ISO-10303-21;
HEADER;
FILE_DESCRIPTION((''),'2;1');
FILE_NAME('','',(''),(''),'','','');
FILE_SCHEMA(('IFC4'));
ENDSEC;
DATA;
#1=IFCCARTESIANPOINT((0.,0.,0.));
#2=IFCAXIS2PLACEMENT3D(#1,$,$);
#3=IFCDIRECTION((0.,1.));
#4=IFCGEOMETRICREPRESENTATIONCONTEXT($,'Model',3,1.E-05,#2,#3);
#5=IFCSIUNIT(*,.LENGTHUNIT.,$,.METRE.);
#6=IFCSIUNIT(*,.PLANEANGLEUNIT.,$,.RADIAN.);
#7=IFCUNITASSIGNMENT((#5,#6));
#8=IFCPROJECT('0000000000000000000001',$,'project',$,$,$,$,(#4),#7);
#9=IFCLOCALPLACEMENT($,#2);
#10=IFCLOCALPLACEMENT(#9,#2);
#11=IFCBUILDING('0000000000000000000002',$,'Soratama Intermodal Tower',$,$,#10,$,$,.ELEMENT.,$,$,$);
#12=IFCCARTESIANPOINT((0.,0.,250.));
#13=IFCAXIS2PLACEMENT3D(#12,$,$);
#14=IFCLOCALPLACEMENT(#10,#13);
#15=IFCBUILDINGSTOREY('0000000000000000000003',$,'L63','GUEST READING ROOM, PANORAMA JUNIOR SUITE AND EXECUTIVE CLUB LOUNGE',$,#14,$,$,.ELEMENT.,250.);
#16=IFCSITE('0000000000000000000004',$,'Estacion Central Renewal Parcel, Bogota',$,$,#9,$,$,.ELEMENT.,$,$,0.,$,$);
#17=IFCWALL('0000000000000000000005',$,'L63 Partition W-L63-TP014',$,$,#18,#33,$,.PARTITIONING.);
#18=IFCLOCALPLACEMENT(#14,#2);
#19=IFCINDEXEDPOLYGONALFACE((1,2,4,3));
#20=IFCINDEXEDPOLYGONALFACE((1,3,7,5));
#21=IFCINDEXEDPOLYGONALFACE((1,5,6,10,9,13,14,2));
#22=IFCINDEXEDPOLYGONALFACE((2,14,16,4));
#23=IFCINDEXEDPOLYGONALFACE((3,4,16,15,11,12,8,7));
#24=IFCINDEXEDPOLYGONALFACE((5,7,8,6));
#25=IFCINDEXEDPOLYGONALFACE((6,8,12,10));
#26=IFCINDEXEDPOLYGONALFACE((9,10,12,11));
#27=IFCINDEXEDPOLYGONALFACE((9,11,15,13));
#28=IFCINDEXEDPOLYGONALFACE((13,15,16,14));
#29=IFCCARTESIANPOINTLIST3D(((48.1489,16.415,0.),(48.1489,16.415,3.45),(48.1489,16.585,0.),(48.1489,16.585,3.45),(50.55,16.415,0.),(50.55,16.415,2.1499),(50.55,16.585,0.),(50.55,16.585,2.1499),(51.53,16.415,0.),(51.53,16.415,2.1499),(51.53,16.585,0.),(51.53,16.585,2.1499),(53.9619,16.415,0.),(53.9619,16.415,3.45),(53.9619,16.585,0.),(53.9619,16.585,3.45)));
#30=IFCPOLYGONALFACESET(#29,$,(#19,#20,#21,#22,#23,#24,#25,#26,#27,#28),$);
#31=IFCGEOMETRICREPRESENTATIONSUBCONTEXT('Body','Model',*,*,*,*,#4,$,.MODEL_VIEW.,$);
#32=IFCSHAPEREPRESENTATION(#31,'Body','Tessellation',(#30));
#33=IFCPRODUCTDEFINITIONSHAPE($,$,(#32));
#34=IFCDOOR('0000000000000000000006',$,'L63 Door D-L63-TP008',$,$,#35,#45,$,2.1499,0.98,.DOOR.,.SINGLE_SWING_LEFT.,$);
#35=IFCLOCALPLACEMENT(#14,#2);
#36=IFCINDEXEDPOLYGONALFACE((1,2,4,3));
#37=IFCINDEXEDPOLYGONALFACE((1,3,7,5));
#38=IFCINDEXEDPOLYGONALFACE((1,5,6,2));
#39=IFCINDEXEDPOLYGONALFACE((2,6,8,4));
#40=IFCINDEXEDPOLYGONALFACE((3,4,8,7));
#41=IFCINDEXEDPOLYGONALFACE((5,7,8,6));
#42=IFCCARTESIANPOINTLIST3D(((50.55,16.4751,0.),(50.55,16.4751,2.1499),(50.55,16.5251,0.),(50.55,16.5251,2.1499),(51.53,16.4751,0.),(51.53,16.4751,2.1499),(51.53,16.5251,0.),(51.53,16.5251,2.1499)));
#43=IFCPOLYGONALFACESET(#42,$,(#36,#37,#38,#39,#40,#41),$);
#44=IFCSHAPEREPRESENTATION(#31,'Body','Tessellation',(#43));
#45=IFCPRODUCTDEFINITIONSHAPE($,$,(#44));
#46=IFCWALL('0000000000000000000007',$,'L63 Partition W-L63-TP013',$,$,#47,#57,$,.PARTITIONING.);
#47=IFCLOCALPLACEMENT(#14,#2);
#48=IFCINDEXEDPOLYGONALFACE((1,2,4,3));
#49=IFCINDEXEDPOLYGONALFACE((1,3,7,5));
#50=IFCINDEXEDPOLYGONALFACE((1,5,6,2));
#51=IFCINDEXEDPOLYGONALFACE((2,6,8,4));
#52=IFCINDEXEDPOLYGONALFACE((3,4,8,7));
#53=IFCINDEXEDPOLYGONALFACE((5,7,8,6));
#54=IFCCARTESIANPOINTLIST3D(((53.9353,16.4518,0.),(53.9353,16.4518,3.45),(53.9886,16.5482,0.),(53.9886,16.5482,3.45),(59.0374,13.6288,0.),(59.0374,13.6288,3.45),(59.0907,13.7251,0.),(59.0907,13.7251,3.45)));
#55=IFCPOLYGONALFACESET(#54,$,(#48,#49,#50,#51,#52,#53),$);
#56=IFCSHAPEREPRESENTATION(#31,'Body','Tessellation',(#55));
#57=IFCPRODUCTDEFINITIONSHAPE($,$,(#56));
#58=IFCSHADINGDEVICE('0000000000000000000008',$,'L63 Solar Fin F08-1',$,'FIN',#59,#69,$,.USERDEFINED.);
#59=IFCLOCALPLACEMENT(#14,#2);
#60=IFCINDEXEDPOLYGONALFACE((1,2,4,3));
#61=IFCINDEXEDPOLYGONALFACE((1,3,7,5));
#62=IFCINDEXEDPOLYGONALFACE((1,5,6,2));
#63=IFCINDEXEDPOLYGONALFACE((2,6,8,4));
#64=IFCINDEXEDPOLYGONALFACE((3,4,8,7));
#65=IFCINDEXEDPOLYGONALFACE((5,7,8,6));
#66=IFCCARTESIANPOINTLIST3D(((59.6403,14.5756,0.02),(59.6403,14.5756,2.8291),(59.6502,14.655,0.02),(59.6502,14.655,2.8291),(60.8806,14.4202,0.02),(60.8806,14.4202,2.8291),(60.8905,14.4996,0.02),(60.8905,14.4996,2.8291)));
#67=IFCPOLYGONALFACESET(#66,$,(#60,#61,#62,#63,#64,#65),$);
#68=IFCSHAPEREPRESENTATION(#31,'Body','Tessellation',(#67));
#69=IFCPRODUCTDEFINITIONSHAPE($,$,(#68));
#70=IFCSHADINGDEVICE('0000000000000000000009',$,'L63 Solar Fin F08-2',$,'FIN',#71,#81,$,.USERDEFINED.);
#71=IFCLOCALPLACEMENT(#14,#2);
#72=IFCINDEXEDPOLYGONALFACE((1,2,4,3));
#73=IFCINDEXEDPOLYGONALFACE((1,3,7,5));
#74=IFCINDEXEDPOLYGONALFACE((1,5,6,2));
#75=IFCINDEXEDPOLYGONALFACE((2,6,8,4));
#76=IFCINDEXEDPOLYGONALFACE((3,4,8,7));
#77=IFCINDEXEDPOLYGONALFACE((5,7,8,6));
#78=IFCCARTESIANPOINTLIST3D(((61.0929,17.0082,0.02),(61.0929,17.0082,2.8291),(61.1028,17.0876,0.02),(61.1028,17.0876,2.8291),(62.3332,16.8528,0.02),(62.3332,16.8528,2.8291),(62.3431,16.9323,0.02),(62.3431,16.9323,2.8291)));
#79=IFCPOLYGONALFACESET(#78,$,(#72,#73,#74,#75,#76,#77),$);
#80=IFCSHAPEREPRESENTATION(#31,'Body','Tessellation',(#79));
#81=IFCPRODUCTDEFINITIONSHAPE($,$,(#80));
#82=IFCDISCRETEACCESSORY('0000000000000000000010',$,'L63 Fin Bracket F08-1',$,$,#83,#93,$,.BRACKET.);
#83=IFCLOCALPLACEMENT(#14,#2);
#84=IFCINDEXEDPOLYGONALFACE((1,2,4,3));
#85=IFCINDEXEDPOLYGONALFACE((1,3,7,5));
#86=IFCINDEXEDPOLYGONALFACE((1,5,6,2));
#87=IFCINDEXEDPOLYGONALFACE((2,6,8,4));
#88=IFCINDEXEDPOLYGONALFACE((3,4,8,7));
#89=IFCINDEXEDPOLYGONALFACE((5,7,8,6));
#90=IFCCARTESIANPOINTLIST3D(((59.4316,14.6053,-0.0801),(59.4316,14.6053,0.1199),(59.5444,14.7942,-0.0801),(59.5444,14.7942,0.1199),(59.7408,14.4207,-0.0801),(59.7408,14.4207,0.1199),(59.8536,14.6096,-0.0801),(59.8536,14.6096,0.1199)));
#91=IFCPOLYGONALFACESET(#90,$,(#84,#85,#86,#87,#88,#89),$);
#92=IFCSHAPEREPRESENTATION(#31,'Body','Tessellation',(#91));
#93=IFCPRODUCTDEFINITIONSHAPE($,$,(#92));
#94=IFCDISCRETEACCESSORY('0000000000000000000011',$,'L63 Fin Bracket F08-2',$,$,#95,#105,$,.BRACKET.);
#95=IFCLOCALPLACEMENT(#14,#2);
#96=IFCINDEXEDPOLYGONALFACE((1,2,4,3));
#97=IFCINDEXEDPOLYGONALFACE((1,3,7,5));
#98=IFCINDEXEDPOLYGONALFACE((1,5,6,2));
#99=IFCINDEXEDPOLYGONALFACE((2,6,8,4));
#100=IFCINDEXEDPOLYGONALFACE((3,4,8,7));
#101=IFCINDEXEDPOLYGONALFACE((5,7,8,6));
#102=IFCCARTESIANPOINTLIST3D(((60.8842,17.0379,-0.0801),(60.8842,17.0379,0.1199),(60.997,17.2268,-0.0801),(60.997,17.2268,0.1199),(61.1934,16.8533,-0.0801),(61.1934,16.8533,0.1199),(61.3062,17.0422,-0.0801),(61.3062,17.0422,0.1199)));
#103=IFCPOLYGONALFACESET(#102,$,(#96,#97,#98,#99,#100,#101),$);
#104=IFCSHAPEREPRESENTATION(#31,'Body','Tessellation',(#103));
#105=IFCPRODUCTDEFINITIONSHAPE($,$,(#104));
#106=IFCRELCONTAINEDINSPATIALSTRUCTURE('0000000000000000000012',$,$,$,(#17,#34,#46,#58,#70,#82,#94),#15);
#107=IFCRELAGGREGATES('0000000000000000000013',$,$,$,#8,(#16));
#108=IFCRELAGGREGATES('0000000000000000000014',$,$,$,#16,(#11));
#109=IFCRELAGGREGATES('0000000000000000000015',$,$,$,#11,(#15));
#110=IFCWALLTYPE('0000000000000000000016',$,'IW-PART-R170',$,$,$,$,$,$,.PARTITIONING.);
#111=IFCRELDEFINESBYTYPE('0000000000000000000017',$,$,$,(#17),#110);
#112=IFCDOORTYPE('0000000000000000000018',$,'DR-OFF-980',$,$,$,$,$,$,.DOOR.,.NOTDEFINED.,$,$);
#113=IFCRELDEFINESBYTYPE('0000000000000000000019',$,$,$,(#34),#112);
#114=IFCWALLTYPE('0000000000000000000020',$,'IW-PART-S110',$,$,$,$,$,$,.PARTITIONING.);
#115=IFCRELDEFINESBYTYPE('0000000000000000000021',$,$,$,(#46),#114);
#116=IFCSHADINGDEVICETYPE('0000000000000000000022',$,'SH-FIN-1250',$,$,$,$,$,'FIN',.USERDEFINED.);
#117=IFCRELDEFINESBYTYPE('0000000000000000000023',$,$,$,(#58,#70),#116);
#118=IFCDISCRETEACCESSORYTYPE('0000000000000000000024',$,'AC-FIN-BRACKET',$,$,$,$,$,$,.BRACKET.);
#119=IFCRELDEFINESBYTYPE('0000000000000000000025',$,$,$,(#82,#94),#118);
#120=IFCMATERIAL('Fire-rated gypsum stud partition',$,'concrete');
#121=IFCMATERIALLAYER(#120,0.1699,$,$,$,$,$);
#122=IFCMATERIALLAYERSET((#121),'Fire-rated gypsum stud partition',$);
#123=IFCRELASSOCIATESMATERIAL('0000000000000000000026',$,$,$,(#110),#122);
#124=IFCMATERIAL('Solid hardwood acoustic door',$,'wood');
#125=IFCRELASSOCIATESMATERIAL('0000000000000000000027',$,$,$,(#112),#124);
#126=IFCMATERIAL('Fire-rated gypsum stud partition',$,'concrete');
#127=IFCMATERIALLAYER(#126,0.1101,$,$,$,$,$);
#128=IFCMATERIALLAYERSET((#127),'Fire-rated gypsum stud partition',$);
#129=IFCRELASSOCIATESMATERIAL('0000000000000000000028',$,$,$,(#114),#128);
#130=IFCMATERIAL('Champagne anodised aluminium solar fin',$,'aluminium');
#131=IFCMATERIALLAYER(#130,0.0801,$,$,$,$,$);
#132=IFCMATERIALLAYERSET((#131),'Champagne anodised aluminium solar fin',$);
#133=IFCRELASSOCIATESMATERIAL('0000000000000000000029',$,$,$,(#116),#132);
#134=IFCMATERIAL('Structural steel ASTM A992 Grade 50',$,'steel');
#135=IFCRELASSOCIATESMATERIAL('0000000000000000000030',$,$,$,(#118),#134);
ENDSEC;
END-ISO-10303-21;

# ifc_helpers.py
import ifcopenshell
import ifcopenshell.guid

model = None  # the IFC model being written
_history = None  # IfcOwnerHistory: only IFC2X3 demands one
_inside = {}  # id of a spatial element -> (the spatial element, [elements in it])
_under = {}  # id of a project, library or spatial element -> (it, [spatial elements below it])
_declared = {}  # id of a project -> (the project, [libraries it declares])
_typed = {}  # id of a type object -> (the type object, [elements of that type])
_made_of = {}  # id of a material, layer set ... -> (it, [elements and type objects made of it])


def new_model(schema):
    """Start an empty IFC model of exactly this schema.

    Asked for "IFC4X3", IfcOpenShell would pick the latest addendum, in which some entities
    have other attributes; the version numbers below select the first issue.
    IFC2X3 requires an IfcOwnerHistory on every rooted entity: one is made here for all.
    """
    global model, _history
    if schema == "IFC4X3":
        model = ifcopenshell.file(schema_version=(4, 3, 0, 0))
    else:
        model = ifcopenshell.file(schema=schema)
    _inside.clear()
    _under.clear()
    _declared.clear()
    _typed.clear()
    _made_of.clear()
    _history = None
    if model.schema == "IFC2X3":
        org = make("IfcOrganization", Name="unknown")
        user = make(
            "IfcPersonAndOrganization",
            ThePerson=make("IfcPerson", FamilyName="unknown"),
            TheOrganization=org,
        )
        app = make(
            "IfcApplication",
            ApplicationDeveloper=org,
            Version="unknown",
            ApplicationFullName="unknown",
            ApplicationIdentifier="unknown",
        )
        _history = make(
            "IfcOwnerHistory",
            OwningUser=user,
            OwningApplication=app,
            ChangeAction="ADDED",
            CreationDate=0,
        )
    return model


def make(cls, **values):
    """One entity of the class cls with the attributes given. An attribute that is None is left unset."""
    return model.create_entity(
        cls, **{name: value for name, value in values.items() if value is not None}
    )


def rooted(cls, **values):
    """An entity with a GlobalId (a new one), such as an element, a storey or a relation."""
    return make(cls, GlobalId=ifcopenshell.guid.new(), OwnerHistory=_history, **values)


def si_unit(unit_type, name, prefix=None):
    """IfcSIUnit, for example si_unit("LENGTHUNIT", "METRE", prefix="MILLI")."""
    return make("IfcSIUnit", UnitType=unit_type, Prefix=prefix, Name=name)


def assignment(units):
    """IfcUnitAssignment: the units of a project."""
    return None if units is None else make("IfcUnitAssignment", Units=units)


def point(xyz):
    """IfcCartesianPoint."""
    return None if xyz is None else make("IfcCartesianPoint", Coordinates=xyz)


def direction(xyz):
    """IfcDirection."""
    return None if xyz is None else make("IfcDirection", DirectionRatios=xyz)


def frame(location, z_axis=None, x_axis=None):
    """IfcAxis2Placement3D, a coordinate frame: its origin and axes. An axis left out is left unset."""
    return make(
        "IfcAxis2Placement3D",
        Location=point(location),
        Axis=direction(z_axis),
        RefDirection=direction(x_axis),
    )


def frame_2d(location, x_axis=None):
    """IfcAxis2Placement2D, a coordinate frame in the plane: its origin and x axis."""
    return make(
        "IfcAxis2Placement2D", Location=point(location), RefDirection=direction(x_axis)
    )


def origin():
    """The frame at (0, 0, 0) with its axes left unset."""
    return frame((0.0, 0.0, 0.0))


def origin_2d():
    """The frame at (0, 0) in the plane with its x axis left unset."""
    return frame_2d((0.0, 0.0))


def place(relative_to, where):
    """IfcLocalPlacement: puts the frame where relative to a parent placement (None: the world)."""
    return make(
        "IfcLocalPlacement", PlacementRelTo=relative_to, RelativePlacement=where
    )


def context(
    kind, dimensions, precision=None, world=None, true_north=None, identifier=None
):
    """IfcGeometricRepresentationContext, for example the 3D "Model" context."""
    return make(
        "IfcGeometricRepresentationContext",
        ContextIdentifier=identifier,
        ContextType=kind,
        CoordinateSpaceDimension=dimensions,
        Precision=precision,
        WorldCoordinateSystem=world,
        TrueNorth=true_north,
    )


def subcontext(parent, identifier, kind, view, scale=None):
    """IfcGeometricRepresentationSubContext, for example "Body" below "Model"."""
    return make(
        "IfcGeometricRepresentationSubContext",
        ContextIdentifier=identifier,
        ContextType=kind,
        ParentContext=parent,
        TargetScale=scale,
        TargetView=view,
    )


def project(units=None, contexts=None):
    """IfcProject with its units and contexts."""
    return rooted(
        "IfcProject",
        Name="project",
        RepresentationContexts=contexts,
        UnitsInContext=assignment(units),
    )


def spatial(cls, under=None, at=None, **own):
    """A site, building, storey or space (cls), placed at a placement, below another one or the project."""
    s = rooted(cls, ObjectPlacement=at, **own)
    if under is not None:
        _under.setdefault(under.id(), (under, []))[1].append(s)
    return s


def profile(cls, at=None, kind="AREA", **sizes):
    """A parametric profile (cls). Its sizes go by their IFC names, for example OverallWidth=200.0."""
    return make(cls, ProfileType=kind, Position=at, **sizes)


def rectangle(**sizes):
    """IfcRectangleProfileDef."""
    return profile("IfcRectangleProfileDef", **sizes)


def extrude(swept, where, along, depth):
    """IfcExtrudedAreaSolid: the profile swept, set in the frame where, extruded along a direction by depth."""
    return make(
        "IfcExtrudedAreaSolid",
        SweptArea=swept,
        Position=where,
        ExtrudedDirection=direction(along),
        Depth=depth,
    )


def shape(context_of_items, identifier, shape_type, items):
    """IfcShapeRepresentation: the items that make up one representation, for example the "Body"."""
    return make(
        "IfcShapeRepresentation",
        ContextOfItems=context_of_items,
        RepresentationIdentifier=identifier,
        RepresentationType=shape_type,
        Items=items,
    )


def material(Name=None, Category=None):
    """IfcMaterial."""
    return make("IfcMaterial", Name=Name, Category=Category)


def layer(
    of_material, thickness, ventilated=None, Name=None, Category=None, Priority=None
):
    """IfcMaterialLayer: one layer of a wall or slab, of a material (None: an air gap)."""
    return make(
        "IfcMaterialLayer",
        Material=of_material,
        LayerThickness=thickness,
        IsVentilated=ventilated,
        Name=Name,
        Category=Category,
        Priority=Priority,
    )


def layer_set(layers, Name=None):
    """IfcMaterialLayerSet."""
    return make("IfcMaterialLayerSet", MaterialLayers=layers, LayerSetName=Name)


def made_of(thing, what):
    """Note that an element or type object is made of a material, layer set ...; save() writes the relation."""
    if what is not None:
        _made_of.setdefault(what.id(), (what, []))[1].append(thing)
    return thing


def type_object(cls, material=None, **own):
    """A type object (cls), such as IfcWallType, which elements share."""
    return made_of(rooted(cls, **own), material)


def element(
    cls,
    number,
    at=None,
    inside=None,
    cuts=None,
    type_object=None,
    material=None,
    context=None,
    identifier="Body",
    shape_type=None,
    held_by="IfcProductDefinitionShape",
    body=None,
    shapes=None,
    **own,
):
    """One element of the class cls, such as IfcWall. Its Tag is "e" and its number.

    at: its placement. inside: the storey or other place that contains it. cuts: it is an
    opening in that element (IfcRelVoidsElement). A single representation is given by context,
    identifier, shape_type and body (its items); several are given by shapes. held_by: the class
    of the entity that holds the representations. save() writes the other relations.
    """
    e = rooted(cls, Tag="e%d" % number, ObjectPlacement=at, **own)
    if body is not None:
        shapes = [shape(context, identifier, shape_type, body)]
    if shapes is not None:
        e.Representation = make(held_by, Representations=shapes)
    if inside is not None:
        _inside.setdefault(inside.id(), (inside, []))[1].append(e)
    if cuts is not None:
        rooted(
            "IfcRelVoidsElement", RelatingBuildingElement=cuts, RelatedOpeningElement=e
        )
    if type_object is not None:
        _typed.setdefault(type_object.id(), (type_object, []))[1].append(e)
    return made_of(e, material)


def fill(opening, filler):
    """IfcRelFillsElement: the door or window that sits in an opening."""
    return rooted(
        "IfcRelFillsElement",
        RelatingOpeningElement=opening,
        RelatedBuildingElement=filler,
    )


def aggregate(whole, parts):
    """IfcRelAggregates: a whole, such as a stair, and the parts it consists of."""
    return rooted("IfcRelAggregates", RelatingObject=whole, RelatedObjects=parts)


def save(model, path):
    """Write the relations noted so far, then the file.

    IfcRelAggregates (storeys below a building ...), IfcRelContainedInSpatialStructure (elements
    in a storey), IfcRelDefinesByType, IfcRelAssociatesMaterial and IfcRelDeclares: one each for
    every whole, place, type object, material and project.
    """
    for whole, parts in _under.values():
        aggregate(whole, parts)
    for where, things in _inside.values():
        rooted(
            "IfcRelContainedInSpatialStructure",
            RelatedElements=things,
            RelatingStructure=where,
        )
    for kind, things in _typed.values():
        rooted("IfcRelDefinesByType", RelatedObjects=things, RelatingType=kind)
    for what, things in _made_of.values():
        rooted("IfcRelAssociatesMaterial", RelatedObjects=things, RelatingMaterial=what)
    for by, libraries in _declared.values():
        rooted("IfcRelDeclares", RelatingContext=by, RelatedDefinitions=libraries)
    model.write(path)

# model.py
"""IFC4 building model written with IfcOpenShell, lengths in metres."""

from ifc_helpers import new_model, si_unit, direction, frame, frame_2d, origin, origin_2d, place, context, subcontext, project, spatial, rectangle, extrude, material, layer, layer_set, type_object, element, fill, save


model = new_model("IFC4")

# Units and contexts
model_context = context("Model", 3, precision=1e-05, world=origin(), true_north=direction((0.0, 1.0)))
body_context = subcontext(model_context, "Body", "Model", "MODEL_VIEW")
ifc_project = project(units=[si_unit("LENGTHUNIT", "METRE"), si_unit("PLANEANGLEUNIT", "RADIAN")], contexts=[model_context])

# Site, building, storey
site_placement = place(None, origin())
site = spatial("IfcSite", under=ifc_project, at=site_placement, Name="Estacion Central Renewal Parcel, Bogota", CompositionType="ELEMENT", RefElevation=0.0)
building_placement = place(site_placement, origin())
building = spatial("IfcBuilding", under=site, at=building_placement, Name="Soratama Intermodal Tower", CompositionType="ELEMENT")
storey_placement = place(building_placement, frame((0.0, 0.0, 250.0)))
storey = spatial("IfcBuildingStorey", under=building, at=storey_placement, Name="L63", Description="GUEST READING ROOM, PANORAMA JUNIOR SUITE AND EXECUTIVE CLUB LOUNGE", CompositionType="ELEMENT", Elevation=250.0)

# Wall, opening, door
ifc_material_1 = material(Name="Fire-rated gypsum stud partition", Category="concrete")
ifc_layer_1 = layer(ifc_material_1, 0.1699)
ifc_layer_set_1 = layer_set([ifc_layer_1], Name="Fire-rated gypsum stud partition")
wall_type_1 = type_object("IfcWallType", Name="IW-PART-R170", PredefinedType="PARTITIONING", material=ifc_layer_set_1)
ifc_material_2 = material(Name="Solid hardwood acoustic door", Category="wood")
door_type_1 = type_object("IfcDoorType", Name="DR-OFF-980", OperationType="NOTDEFINED", PredefinedType="DOOR", material=ifc_material_2)
wall_1_placement = place(storey_placement, frame((53.9619, 16.5, 0.0), z_axis=(0.0, 0.0, 1.0), x_axis=(-1.0, 0.0, 0.0)))
wall_1 = element("IfcWall", 1, at=wall_1_placement, inside=storey, type_object=wall_type_1, Name="L63 Partition W-L63-TP014", PredefinedType="PARTITIONING", context=body_context, shape_type="SweptSolid", body=[
    extrude(rectangle(XDim=5.813, YDim=0.1699, at=frame_2d((2.9065, 0.0))), origin(), (0.0, 0.0, 1.0), 3.45),
])
opening_1_placement = place(wall_1_placement, frame((2.4319, 0.0, 0.0)))
opening_1 = element("IfcOpeningElement", 2, at=opening_1_placement, cuts=wall_1, PredefinedType="OPENING", context=body_context, shape_type="SweptSolid", body=[
    extrude(rectangle(XDim=0.98, YDim=2.1499, at=frame_2d((0.49, 1.075))), frame((0.0, 0.095, 0.0), z_axis=(0.0, -1.0, 0.0), x_axis=(1.0, 0.0, 0.0)), (0.0, 0.0, 1.0), 0.1899),
])
door_1_placement = place(opening_1_placement, origin())
door_1 = element("IfcDoor", 3, at=door_1_placement, inside=storey, type_object=door_type_1, Name="L63 Door D-L63-TP008", OperationType="SINGLE_SWING_LEFT", OverallHeight=2.1499, OverallWidth=0.98, PredefinedType="DOOR", context=body_context, shape_type="SweptSolid", body=[
    extrude(rectangle(XDim=0.98, YDim=2.1499, at=frame_2d((0.49, 1.075))), frame((0.0, 0.0249, 0.0), z_axis=(0.0, -1.0, 0.0), x_axis=(1.0, 0.0, 0.0)), (0.0, 0.0, 1.0), 0.05),
])
fill(opening_1, door_1)

# Wall
ifc_material_3 = material(Name="Fire-rated gypsum stud partition", Category="concrete")
ifc_layer_2 = layer(ifc_material_3, 0.1101)
ifc_layer_set_2 = layer_set([ifc_layer_2], Name="Fire-rated gypsum stud partition")
wall_type_2 = type_object("IfcWallType", Name="IW-PART-S110", PredefinedType="PARTITIONING", material=ifc_layer_set_2)
wall_2_placement = place(storey_placement, frame((53.9619, 16.5, 0.0), z_axis=(0.0, 0.0, 1.0), x_axis=(0.874991, -0.484138, 0.0)))
element("IfcWall", 4, at=wall_2_placement, inside=storey, type_object=wall_type_2, Name="L63 Partition W-L63-TP013", PredefinedType="PARTITIONING", context=body_context, shape_type="SweptSolid", body=[
    extrude(rectangle(XDim=5.8311, YDim=0.1101, at=frame_2d((2.9155, 0.0))), origin(), (0.0, 0.0, 1.0), 3.45),
])

# Shading devices
ifc_material_4 = material(Name="Champagne anodised aluminium solar fin", Category="aluminium")
ifc_layer_3 = layer(ifc_material_4, 0.0801)
ifc_layer_set_3 = layer_set([ifc_layer_3], Name="Champagne anodised aluminium solar fin")
shading_device_type = type_object("IfcShadingDeviceType", Name="SH-FIN-1250", ElementType="FIN", PredefinedType="USERDEFINED", material=ifc_layer_set_3)
for number, where, z_axis, x_axis, name in (
    (5, (60.2654, 14.5376, 0.02), (0.0, 0.0, 1.0), (0.992245, -0.124294, 0.0), "L63 Solar Fin F08-1"),
    (6, (61.718, 16.9702, 0.02), (0.0, 0.0, 1.0), (0.992245, -0.124294, 0.0), "L63 Solar Fin F08-2"),
):
    element("IfcShadingDevice", number, at=place(storey_placement, frame(where, z_axis=z_axis, x_axis=x_axis)), inside=storey, type_object=shading_device_type, Name=name, ObjectType="FIN", PredefinedType="USERDEFINED", context=body_context, shape_type="SweptSolid", body=[
        extrude(rectangle(XDim=1.25, YDim=0.0801, at=origin_2d()), origin(), (0.0, 0.0, 1.0), 2.8091),
    ])

# Discrete accessories
ifc_material_5 = material(Name="Structural steel ASTM A992 Grade 50", Category="steel")
discrete_accessory_type = type_object("IfcDiscreteAccessoryType", Name="AC-FIN-BRACKET", PredefinedType="BRACKET", material=ifc_material_5)
for number, where, z_axis, x_axis, name in (
    (7, (59.6426, 14.6074, -0.0801), (0.0, 0.0, 1.0), (0.858602, -0.512642, 0.0), "L63 Fin Bracket F08-1"),
    (8, (61.0952, 17.04, -0.0801), (0.0, 0.0, 1.0), (0.858602, -0.512642, 0.0), "L63 Fin Bracket F08-2"),
):
    element("IfcDiscreteAccessory", number, at=place(storey_placement, frame(where, z_axis=z_axis, x_axis=x_axis)), inside=storey, type_object=discrete_accessory_type, Name=name, PredefinedType="BRACKET", context=body_context, shape_type="SweptSolid", body=[
        extrude(rectangle(XDim=0.3601, YDim=0.22, at=origin_2d()), origin(), (0.0, 0.0, 1.0), 0.2),
    ])

save(model, "model.ifc")
